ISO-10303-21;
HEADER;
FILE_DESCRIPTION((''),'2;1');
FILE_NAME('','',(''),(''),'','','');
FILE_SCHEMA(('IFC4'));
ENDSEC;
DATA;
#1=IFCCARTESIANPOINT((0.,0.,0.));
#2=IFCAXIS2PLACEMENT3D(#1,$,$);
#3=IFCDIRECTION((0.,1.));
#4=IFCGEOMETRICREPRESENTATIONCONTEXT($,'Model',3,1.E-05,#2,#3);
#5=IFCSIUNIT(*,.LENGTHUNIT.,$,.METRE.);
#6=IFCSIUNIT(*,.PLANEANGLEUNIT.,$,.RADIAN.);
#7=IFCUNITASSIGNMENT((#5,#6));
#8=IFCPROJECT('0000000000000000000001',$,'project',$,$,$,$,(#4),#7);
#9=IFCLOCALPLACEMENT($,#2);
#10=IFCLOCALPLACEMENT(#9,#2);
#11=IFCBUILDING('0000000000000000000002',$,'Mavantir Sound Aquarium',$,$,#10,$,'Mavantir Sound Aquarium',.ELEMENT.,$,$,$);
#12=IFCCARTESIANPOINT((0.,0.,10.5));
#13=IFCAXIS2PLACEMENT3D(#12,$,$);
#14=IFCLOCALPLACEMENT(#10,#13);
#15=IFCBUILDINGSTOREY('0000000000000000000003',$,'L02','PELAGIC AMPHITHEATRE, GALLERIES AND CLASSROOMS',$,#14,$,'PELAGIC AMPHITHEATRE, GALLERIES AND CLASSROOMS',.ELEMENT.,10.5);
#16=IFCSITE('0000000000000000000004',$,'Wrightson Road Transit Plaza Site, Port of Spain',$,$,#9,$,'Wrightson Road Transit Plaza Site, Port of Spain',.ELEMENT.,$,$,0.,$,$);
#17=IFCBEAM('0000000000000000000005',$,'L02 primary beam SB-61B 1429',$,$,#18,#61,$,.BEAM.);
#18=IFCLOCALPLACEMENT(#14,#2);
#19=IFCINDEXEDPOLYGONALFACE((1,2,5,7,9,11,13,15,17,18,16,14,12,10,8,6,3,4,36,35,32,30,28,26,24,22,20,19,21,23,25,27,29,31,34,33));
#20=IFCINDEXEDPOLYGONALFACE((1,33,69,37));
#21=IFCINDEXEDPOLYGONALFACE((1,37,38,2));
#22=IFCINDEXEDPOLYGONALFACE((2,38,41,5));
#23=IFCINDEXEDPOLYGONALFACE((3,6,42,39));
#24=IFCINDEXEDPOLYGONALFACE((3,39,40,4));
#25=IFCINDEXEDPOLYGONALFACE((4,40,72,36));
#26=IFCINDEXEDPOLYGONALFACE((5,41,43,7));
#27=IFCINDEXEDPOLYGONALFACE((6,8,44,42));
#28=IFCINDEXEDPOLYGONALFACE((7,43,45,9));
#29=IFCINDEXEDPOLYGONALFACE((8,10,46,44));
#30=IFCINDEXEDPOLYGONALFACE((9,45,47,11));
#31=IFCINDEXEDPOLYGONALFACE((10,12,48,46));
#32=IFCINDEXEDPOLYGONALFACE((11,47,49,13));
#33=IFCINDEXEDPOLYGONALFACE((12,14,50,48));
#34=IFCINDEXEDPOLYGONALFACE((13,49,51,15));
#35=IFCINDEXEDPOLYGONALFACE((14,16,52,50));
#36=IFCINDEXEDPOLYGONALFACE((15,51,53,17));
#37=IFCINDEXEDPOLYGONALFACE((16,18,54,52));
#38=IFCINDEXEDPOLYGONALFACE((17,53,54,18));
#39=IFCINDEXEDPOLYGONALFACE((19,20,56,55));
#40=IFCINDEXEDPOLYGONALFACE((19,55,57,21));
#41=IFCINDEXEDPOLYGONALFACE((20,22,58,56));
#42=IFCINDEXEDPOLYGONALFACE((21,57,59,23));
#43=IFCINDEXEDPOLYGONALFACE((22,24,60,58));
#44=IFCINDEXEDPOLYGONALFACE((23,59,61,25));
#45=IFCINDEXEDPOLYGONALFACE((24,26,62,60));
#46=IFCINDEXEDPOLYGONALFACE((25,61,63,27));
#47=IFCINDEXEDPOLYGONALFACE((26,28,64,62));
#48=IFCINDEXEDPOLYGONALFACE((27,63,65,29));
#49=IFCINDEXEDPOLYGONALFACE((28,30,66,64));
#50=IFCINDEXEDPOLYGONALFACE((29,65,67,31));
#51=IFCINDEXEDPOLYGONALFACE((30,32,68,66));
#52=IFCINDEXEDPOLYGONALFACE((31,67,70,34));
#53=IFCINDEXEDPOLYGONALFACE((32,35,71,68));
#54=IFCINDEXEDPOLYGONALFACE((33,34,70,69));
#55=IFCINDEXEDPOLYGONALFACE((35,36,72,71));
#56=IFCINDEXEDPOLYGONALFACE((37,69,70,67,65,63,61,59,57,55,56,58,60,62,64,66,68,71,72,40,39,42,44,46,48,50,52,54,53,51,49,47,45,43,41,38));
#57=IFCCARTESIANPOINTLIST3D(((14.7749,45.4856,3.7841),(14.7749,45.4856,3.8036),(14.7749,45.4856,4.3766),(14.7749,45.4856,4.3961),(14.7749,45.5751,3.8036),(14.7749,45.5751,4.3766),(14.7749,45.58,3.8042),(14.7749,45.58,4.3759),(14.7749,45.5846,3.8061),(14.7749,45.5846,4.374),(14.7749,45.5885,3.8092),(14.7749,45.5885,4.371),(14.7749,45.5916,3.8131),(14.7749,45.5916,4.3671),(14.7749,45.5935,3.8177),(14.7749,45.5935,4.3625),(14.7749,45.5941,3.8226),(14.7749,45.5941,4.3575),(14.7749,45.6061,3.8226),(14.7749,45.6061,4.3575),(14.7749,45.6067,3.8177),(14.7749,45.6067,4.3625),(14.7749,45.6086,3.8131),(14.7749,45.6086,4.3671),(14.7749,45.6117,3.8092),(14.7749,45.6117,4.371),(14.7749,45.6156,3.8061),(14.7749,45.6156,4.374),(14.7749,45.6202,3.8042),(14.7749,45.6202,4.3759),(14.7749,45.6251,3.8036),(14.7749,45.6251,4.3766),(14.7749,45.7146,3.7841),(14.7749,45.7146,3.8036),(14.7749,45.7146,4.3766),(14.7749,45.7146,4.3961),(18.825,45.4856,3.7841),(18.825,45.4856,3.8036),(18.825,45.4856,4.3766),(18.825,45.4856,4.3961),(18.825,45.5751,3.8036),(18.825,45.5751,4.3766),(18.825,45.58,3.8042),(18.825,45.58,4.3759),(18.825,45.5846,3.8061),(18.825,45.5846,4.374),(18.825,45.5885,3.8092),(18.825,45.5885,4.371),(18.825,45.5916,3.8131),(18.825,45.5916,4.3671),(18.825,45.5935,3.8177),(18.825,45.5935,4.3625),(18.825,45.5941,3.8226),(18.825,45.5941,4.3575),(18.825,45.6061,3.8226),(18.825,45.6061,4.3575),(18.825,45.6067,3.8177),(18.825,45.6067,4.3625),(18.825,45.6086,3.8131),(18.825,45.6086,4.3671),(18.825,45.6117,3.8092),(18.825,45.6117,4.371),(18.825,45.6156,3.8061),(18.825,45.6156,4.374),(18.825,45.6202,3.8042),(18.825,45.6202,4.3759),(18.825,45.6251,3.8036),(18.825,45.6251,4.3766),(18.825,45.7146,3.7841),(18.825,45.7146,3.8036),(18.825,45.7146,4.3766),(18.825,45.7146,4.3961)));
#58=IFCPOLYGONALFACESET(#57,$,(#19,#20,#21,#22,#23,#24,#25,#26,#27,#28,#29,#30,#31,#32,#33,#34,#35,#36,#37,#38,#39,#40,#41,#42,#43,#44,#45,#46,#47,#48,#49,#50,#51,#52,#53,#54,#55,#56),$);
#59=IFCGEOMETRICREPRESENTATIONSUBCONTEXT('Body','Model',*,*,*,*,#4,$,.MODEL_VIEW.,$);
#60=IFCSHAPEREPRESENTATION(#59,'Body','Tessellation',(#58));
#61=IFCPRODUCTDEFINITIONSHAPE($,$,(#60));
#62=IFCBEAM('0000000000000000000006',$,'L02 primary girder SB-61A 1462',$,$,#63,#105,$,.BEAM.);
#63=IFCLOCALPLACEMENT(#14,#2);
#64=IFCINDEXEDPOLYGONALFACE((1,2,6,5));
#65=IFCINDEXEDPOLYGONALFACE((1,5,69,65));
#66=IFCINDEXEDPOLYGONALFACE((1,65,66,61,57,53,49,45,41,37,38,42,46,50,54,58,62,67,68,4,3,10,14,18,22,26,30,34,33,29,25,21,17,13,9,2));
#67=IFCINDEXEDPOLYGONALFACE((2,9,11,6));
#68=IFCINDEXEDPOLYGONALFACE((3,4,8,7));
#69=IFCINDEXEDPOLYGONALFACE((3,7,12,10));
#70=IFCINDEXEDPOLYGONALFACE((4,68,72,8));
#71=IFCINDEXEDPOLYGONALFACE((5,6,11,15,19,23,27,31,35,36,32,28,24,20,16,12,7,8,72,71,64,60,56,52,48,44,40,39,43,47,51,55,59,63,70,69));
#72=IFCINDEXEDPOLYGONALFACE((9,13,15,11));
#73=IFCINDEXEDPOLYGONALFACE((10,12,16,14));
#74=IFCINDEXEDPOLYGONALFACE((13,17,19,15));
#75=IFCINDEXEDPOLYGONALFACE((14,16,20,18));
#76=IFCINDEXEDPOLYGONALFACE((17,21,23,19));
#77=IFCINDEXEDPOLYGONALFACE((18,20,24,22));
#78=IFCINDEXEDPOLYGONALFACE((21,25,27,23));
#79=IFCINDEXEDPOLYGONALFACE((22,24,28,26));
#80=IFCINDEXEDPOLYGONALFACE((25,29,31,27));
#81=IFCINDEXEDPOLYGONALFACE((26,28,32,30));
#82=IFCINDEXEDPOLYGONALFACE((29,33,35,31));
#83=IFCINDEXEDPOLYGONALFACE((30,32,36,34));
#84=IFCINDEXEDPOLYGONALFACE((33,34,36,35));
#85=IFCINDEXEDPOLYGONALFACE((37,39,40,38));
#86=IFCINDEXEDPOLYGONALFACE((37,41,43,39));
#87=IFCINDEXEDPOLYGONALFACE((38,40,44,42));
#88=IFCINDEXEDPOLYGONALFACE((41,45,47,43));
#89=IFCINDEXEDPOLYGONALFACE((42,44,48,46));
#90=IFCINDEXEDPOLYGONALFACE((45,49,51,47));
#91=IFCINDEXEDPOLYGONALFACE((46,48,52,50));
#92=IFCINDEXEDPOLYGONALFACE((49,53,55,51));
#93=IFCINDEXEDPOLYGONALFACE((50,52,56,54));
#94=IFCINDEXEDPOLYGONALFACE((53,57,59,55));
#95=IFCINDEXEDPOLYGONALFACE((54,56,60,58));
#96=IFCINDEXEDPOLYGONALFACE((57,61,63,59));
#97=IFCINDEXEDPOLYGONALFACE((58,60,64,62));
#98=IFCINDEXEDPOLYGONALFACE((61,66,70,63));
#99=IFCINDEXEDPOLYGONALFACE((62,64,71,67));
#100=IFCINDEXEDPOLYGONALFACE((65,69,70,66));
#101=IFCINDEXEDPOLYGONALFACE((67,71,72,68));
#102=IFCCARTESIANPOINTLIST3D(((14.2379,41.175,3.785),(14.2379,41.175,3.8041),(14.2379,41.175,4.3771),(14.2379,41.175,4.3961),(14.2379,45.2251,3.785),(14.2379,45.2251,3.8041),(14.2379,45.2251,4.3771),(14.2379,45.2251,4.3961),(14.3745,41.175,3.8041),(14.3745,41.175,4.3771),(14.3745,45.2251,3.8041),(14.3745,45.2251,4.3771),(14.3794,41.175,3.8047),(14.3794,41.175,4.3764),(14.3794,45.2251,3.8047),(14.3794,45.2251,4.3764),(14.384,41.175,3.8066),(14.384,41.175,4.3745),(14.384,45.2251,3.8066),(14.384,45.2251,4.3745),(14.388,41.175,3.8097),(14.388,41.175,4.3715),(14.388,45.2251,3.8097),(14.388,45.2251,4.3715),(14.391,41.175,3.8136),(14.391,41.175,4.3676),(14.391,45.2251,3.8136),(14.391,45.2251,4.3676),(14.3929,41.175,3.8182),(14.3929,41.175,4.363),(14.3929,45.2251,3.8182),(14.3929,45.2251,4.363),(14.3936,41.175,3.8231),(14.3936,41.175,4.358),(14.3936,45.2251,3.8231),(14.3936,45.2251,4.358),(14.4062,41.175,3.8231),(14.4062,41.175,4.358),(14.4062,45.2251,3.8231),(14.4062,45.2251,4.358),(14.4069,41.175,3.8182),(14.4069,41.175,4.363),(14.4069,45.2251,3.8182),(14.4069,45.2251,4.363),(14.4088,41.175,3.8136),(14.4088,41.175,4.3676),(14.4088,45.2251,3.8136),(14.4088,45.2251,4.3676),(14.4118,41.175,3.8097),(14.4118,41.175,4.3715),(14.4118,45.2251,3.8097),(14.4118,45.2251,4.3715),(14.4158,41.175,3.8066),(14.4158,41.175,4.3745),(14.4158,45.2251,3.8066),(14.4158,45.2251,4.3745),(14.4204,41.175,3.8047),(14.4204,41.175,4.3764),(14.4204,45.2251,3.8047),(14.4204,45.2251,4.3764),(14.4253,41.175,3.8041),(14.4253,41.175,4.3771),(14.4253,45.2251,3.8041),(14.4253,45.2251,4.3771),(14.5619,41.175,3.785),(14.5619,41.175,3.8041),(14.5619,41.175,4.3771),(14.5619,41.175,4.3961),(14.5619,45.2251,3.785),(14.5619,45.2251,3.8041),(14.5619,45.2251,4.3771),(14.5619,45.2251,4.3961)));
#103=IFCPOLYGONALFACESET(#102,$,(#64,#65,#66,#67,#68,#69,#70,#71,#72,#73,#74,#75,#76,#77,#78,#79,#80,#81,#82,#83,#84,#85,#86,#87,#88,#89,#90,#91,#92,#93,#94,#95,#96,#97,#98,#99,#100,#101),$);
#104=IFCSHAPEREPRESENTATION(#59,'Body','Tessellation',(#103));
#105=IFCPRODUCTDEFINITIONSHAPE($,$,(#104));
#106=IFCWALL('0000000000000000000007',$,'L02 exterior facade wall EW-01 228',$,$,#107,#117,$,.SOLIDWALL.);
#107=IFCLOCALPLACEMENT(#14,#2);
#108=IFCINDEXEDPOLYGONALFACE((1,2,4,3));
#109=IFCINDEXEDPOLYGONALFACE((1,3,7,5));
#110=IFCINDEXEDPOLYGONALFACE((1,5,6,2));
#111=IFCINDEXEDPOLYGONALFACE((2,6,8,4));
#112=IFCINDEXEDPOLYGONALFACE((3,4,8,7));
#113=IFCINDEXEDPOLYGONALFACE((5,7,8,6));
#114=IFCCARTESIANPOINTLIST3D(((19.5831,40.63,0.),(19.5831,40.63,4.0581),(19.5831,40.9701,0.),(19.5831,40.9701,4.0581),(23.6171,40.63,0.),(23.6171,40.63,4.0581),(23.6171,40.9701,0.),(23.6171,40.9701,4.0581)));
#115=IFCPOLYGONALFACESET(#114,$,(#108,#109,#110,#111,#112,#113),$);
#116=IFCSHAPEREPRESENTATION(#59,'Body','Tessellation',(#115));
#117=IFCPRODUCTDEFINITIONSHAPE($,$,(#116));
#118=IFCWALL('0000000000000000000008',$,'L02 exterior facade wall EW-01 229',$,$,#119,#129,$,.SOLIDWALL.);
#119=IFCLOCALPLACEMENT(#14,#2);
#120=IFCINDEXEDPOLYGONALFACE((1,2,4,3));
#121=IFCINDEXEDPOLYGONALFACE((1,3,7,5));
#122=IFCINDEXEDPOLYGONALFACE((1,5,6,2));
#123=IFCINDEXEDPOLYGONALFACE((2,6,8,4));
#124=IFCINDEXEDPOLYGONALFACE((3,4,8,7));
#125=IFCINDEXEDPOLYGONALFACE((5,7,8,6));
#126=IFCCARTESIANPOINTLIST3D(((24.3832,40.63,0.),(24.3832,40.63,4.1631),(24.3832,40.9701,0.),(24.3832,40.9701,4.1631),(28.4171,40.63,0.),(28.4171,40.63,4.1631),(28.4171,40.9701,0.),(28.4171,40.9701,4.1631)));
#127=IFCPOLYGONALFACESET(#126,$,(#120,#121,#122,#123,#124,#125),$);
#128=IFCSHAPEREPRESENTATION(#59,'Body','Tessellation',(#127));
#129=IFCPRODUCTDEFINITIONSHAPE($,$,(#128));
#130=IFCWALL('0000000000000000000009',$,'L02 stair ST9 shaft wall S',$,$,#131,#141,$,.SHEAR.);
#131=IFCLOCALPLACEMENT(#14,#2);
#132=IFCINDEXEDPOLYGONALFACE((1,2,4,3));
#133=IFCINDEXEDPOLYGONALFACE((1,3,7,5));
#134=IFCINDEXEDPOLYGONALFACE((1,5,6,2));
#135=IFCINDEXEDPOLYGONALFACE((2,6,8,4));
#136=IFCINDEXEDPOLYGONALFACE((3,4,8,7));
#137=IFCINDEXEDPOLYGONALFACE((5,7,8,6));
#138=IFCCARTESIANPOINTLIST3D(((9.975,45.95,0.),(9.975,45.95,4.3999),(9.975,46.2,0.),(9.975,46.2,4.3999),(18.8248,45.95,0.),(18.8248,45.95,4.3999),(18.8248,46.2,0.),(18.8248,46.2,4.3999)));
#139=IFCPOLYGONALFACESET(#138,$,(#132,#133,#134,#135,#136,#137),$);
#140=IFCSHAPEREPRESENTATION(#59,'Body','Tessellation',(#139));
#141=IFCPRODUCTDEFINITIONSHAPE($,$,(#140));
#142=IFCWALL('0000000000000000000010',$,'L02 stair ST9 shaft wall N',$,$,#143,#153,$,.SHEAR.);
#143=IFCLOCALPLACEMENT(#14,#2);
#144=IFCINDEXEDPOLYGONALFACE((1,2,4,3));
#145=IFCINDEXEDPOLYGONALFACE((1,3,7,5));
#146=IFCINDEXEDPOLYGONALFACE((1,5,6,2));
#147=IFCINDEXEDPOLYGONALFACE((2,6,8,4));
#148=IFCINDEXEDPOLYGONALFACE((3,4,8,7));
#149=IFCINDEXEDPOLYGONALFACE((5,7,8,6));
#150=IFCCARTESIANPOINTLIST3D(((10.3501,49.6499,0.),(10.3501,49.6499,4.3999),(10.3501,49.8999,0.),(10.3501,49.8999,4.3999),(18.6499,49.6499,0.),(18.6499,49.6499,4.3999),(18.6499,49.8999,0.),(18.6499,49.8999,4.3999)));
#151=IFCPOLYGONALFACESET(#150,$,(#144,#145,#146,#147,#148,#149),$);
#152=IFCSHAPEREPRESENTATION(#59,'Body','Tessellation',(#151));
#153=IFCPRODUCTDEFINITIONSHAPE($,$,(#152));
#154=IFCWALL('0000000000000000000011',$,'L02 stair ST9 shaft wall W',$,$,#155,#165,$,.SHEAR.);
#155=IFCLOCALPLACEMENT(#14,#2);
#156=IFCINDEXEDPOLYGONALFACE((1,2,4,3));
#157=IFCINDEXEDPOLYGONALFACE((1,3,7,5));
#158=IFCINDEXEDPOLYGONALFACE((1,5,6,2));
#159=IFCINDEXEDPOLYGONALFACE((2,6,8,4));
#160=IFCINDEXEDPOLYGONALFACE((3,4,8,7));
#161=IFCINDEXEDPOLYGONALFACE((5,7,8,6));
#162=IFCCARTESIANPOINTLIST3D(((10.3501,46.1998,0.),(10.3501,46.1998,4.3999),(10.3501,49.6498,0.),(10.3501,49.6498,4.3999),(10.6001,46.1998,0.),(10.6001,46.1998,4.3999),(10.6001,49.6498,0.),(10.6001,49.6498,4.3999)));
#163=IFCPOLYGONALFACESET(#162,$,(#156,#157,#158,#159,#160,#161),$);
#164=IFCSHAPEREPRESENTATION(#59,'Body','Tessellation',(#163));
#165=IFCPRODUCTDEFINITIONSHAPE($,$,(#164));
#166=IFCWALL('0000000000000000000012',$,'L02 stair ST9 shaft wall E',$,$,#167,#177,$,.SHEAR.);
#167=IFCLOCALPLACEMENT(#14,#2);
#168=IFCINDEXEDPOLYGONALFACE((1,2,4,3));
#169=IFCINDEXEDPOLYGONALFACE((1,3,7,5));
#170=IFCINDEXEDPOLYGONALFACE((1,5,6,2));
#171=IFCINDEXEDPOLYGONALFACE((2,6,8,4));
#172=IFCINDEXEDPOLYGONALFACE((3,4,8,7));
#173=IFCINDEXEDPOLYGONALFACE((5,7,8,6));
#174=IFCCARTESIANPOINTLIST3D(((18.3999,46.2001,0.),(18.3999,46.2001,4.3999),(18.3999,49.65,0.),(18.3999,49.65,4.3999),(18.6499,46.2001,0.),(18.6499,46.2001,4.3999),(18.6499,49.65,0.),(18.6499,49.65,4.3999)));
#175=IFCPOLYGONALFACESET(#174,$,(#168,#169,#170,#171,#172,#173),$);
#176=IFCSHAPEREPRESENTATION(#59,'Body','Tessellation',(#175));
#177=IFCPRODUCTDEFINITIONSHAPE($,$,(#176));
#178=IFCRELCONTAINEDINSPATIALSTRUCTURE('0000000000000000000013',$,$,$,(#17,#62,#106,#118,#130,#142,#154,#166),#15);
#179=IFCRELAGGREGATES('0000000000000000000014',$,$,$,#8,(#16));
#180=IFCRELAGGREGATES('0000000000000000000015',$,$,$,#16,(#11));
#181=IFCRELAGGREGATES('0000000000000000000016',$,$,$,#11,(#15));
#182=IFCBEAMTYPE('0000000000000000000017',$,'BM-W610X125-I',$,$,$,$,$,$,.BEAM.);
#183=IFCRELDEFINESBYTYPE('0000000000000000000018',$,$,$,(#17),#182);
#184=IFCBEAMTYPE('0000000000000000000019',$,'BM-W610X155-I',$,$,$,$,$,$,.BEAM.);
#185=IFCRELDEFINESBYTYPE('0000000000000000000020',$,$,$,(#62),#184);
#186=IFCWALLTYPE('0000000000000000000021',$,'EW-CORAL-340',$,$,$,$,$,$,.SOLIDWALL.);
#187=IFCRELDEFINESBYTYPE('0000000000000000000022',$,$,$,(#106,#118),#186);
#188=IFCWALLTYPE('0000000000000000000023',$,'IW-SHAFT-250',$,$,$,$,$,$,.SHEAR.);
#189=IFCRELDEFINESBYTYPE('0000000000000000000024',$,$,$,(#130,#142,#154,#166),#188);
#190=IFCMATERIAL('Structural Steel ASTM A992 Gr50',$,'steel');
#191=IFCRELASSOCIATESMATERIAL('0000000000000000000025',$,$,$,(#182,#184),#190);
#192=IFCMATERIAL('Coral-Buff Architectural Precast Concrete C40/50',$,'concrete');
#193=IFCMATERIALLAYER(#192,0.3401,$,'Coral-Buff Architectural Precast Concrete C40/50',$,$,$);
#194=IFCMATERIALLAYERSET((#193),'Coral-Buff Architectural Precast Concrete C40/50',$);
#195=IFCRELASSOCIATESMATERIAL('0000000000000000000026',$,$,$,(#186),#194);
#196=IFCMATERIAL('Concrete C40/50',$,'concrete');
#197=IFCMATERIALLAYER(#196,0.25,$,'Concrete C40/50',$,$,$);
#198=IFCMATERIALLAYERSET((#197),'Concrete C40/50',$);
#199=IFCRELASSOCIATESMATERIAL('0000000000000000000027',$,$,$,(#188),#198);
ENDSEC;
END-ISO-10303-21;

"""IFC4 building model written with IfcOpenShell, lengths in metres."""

from ifc_helpers import new_model, si_unit, direction, frame, frame_2d, origin, origin_2d, place, context, subcontext, project, spatial, rectangle, i_section, extrude, material, layer, layer_set, material_profile, profile_set, type_object, element, save


model = new_model("IFC4")

# Units and contexts
model_context = context("Model", 3, precision=1e-05, world=origin(), true_north=direction((0.0, 1.0)))
body_context = subcontext(model_context, "Body", "Model", "MODEL_VIEW")
ifc_project = project(units=[si_unit("LENGTHUNIT", "METRE"), si_unit("PLANEANGLEUNIT", "RADIAN")], contexts=[model_context])

# Site, building, storey
site_placement = place(None, origin())
site = spatial("IfcSite", under=ifc_project, at=site_placement, Name="Wrightson Road Transit Plaza Site, Port of Spain", LongName="Wrightson Road Transit Plaza Site, Port of Spain", CompositionType="ELEMENT", RefElevation=0.0)
building_placement = place(site_placement, origin())
building = spatial("IfcBuilding", under=site, at=building_placement, Name="Mavantir Sound Aquarium", LongName="Mavantir Sound Aquarium", CompositionType="ELEMENT")
storey_placement = place(building_placement, frame((0.0, 0.0, 10.5)))
storey = spatial("IfcBuildingStorey", under=building, at=storey_placement, Name="L02", Description="PELAGIC AMPHITHEATRE, GALLERIES AND CLASSROOMS", LongName="PELAGIC AMPHITHEATRE, GALLERIES AND CLASSROOMS", CompositionType="ELEMENT", Elevation=10.5)

# Shared definitions
ifc_material_1 = material(Name="Concrete C40/50", Category="concrete")

# Beams
ifc_material_2 = material(Name="Structural Steel ASTM A992 Gr50", Category="steel")
ifc_material_profile_1 = material_profile(ifc_material_2, i_section(OverallWidth=0.229, OverallDepth=0.6121, WebThickness=0.012, FlangeThickness=0.0195, FilletRadius=0.019, at=origin_2d()), Name="W610X125")
ifc_profile_set_1 = profile_set([ifc_material_profile_1], Name="Structural Steel ASTM A992 Gr50")
beam_type_1 = type_object("IfcBeamType", Name="BM-W610X125-I", PredefinedType="BEAM", material=ifc_profile_set_1)
beam_1_placement = place(storey_placement, frame((14.7749, 45.6001, 4.0901), z_axis=(1.0, 0.0, 0.0), x_axis=(0.0, 1.0, 0.0)))
element("IfcBeam", 1, at=beam_1_placement, inside=storey, type_object=beam_type_1, Name="L02 primary beam SB-61B 1429", PredefinedType="BEAM", context=body_context, shape_type="SweptSolid", body=[
    extrude(i_section(OverallWidth=0.229, OverallDepth=0.6121, WebThickness=0.012, FlangeThickness=0.0195, FilletRadius=0.019, at=origin_2d()), origin(), (0.0, 0.0, 1.0), 4.05),
])
ifc_material_profile_2 = material_profile(ifc_material_2, i_section(OverallWidth=0.324, OverallDepth=0.6111, WebThickness=0.0127, FlangeThickness=0.019, FilletRadius=0.019, at=origin_2d()), Name="W610X155")
ifc_profile_set_2 = profile_set([ifc_material_profile_2], Name="Structural Steel ASTM A992 Gr50")
beam_type_2 = type_object("IfcBeamType", Name="BM-W610X155-I", PredefinedType="BEAM", material=ifc_profile_set_2)
beam_2_placement = place(storey_placement, frame((14.3999, 41.175, 4.0906), z_axis=(0.0, 1.0, 0.0), x_axis=(-1.0, 0.0, 0.0)))
element("IfcBeam", 2, at=beam_2_placement, inside=storey, type_object=beam_type_2, Name="L02 primary girder SB-61A 1462", PredefinedType="BEAM", context=body_context, shape_type="SweptSolid", body=[
    extrude(i_section(OverallWidth=0.324, OverallDepth=0.6111, WebThickness=0.0127, FlangeThickness=0.019, FilletRadius=0.019, at=origin_2d()), origin(), (0.0, 0.0, 1.0), 4.05),
])

# Walls
ifc_material_3 = material(Name="Coral-Buff Architectural Precast Concrete C40/50", Category="concrete")
ifc_layer_1 = layer(ifc_material_3, 0.3401, Name="Coral-Buff Architectural Precast Concrete C40/50")
ifc_layer_set_1 = layer_set([ifc_layer_1], Name="Coral-Buff Architectural Precast Concrete C40/50")
wall_type_1 = type_object("IfcWallType", Name="EW-CORAL-340", PredefinedType="SOLIDWALL", material=ifc_layer_set_1)
wall_1_placement = place(storey_placement, frame((19.583, 40.8, 0.0), z_axis=(0.0, 0.0, 1.0), x_axis=(1.0, 0.0, 0.0)))
element("IfcWall", 3, at=wall_1_placement, inside=storey, type_object=wall_type_1, Name="L02 exterior facade wall EW-01 228", PredefinedType="SOLIDWALL", context=body_context, shape_type="SweptSolid", body=[
    extrude(rectangle(XDim=4.0339, YDim=0.3401, at=frame_2d((2.0171, 0.0))), origin(), (0.0, 0.0, 1.0), 4.0581),
])
wall_2_placement = place(storey_placement, frame((24.3831, 40.8, 0.0), z_axis=(0.0, 0.0, 1.0), x_axis=(1.0, 0.0, 0.0)))
element("IfcWall", 4, at=wall_2_placement, inside=storey, type_object=wall_type_1, Name="L02 exterior facade wall EW-01 229", PredefinedType="SOLIDWALL", context=body_context, shape_type="SweptSolid", body=[
    extrude(rectangle(XDim=4.0339, YDim=0.3401, at=frame_2d((2.0171, 0.0))), origin(), (0.0, 0.0, 1.0), 4.1631),
])
ifc_layer_2 = layer(ifc_material_1, 0.25, Name="Concrete C40/50")
ifc_layer_set_2 = layer_set([ifc_layer_2], Name="Concrete C40/50")
wall_type_2 = type_object("IfcWallType", Name="IW-SHAFT-250", PredefinedType="SHEAR", material=ifc_layer_set_2)
wall_3_placement = place(storey_placement, frame((9.9751, 46.075, 0.0), z_axis=(0.0, 0.0, 1.0), x_axis=(1.0, 0.0, 0.0)))
element("IfcWall", 5, at=wall_3_placement, inside=storey, type_object=wall_type_2, Name="L02 stair ST9 shaft wall S", PredefinedType="SHEAR", context=body_context, shape_type="SweptSolid", body=[
    extrude(rectangle(XDim=8.8499, YDim=0.25, at=frame_2d((4.4248, 0.0))), origin(), (0.0, 0.0, 1.0), 4.3999),
])
wall_4_placement = place(storey_placement, frame((18.6499, 49.7749, 0.0), z_axis=(0.0, 0.0, 1.0), x_axis=(-1.0, 0.0, 0.0)))
element("IfcWall", 6, at=wall_4_placement, inside=storey, type_object=wall_type_2, Name="L02 stair ST9 shaft wall N", PredefinedType="SHEAR", context=body_context, shape_type="SweptSolid", body=[
    extrude(rectangle(XDim=8.2998, YDim=0.25, at=frame_2d((4.1499, 0.0))), origin(), (0.0, 0.0, 1.0), 4.3999),
])
for number, where, z_axis, x_axis, name in (
    (7, (10.4751, 49.6499, 0.0), (0.0, 0.0, 1.0), (0.0, -1.0, 0.0), "L02 stair ST9 shaft wall W"),
    (8, (18.5249, 46.2, 0.0), (0.0, 0.0, 1.0), (0.0, 1.0, 0.0), "L02 stair ST9 shaft wall E"),
):
    element("IfcWall", number, at=place(storey_placement, frame(where, z_axis=z_axis, x_axis=x_axis)), inside=storey, type_object=wall_type_2, Name=name, PredefinedType="SHEAR", context=body_context, shape_type="SweptSolid", body=[
        extrude(rectangle(XDim=3.45, YDim=0.25, at=frame_2d((1.7251, 0.0))), origin(), (0.0, 0.0, 1.0), 4.3999),
    ])

save(model, "model.ifc")
